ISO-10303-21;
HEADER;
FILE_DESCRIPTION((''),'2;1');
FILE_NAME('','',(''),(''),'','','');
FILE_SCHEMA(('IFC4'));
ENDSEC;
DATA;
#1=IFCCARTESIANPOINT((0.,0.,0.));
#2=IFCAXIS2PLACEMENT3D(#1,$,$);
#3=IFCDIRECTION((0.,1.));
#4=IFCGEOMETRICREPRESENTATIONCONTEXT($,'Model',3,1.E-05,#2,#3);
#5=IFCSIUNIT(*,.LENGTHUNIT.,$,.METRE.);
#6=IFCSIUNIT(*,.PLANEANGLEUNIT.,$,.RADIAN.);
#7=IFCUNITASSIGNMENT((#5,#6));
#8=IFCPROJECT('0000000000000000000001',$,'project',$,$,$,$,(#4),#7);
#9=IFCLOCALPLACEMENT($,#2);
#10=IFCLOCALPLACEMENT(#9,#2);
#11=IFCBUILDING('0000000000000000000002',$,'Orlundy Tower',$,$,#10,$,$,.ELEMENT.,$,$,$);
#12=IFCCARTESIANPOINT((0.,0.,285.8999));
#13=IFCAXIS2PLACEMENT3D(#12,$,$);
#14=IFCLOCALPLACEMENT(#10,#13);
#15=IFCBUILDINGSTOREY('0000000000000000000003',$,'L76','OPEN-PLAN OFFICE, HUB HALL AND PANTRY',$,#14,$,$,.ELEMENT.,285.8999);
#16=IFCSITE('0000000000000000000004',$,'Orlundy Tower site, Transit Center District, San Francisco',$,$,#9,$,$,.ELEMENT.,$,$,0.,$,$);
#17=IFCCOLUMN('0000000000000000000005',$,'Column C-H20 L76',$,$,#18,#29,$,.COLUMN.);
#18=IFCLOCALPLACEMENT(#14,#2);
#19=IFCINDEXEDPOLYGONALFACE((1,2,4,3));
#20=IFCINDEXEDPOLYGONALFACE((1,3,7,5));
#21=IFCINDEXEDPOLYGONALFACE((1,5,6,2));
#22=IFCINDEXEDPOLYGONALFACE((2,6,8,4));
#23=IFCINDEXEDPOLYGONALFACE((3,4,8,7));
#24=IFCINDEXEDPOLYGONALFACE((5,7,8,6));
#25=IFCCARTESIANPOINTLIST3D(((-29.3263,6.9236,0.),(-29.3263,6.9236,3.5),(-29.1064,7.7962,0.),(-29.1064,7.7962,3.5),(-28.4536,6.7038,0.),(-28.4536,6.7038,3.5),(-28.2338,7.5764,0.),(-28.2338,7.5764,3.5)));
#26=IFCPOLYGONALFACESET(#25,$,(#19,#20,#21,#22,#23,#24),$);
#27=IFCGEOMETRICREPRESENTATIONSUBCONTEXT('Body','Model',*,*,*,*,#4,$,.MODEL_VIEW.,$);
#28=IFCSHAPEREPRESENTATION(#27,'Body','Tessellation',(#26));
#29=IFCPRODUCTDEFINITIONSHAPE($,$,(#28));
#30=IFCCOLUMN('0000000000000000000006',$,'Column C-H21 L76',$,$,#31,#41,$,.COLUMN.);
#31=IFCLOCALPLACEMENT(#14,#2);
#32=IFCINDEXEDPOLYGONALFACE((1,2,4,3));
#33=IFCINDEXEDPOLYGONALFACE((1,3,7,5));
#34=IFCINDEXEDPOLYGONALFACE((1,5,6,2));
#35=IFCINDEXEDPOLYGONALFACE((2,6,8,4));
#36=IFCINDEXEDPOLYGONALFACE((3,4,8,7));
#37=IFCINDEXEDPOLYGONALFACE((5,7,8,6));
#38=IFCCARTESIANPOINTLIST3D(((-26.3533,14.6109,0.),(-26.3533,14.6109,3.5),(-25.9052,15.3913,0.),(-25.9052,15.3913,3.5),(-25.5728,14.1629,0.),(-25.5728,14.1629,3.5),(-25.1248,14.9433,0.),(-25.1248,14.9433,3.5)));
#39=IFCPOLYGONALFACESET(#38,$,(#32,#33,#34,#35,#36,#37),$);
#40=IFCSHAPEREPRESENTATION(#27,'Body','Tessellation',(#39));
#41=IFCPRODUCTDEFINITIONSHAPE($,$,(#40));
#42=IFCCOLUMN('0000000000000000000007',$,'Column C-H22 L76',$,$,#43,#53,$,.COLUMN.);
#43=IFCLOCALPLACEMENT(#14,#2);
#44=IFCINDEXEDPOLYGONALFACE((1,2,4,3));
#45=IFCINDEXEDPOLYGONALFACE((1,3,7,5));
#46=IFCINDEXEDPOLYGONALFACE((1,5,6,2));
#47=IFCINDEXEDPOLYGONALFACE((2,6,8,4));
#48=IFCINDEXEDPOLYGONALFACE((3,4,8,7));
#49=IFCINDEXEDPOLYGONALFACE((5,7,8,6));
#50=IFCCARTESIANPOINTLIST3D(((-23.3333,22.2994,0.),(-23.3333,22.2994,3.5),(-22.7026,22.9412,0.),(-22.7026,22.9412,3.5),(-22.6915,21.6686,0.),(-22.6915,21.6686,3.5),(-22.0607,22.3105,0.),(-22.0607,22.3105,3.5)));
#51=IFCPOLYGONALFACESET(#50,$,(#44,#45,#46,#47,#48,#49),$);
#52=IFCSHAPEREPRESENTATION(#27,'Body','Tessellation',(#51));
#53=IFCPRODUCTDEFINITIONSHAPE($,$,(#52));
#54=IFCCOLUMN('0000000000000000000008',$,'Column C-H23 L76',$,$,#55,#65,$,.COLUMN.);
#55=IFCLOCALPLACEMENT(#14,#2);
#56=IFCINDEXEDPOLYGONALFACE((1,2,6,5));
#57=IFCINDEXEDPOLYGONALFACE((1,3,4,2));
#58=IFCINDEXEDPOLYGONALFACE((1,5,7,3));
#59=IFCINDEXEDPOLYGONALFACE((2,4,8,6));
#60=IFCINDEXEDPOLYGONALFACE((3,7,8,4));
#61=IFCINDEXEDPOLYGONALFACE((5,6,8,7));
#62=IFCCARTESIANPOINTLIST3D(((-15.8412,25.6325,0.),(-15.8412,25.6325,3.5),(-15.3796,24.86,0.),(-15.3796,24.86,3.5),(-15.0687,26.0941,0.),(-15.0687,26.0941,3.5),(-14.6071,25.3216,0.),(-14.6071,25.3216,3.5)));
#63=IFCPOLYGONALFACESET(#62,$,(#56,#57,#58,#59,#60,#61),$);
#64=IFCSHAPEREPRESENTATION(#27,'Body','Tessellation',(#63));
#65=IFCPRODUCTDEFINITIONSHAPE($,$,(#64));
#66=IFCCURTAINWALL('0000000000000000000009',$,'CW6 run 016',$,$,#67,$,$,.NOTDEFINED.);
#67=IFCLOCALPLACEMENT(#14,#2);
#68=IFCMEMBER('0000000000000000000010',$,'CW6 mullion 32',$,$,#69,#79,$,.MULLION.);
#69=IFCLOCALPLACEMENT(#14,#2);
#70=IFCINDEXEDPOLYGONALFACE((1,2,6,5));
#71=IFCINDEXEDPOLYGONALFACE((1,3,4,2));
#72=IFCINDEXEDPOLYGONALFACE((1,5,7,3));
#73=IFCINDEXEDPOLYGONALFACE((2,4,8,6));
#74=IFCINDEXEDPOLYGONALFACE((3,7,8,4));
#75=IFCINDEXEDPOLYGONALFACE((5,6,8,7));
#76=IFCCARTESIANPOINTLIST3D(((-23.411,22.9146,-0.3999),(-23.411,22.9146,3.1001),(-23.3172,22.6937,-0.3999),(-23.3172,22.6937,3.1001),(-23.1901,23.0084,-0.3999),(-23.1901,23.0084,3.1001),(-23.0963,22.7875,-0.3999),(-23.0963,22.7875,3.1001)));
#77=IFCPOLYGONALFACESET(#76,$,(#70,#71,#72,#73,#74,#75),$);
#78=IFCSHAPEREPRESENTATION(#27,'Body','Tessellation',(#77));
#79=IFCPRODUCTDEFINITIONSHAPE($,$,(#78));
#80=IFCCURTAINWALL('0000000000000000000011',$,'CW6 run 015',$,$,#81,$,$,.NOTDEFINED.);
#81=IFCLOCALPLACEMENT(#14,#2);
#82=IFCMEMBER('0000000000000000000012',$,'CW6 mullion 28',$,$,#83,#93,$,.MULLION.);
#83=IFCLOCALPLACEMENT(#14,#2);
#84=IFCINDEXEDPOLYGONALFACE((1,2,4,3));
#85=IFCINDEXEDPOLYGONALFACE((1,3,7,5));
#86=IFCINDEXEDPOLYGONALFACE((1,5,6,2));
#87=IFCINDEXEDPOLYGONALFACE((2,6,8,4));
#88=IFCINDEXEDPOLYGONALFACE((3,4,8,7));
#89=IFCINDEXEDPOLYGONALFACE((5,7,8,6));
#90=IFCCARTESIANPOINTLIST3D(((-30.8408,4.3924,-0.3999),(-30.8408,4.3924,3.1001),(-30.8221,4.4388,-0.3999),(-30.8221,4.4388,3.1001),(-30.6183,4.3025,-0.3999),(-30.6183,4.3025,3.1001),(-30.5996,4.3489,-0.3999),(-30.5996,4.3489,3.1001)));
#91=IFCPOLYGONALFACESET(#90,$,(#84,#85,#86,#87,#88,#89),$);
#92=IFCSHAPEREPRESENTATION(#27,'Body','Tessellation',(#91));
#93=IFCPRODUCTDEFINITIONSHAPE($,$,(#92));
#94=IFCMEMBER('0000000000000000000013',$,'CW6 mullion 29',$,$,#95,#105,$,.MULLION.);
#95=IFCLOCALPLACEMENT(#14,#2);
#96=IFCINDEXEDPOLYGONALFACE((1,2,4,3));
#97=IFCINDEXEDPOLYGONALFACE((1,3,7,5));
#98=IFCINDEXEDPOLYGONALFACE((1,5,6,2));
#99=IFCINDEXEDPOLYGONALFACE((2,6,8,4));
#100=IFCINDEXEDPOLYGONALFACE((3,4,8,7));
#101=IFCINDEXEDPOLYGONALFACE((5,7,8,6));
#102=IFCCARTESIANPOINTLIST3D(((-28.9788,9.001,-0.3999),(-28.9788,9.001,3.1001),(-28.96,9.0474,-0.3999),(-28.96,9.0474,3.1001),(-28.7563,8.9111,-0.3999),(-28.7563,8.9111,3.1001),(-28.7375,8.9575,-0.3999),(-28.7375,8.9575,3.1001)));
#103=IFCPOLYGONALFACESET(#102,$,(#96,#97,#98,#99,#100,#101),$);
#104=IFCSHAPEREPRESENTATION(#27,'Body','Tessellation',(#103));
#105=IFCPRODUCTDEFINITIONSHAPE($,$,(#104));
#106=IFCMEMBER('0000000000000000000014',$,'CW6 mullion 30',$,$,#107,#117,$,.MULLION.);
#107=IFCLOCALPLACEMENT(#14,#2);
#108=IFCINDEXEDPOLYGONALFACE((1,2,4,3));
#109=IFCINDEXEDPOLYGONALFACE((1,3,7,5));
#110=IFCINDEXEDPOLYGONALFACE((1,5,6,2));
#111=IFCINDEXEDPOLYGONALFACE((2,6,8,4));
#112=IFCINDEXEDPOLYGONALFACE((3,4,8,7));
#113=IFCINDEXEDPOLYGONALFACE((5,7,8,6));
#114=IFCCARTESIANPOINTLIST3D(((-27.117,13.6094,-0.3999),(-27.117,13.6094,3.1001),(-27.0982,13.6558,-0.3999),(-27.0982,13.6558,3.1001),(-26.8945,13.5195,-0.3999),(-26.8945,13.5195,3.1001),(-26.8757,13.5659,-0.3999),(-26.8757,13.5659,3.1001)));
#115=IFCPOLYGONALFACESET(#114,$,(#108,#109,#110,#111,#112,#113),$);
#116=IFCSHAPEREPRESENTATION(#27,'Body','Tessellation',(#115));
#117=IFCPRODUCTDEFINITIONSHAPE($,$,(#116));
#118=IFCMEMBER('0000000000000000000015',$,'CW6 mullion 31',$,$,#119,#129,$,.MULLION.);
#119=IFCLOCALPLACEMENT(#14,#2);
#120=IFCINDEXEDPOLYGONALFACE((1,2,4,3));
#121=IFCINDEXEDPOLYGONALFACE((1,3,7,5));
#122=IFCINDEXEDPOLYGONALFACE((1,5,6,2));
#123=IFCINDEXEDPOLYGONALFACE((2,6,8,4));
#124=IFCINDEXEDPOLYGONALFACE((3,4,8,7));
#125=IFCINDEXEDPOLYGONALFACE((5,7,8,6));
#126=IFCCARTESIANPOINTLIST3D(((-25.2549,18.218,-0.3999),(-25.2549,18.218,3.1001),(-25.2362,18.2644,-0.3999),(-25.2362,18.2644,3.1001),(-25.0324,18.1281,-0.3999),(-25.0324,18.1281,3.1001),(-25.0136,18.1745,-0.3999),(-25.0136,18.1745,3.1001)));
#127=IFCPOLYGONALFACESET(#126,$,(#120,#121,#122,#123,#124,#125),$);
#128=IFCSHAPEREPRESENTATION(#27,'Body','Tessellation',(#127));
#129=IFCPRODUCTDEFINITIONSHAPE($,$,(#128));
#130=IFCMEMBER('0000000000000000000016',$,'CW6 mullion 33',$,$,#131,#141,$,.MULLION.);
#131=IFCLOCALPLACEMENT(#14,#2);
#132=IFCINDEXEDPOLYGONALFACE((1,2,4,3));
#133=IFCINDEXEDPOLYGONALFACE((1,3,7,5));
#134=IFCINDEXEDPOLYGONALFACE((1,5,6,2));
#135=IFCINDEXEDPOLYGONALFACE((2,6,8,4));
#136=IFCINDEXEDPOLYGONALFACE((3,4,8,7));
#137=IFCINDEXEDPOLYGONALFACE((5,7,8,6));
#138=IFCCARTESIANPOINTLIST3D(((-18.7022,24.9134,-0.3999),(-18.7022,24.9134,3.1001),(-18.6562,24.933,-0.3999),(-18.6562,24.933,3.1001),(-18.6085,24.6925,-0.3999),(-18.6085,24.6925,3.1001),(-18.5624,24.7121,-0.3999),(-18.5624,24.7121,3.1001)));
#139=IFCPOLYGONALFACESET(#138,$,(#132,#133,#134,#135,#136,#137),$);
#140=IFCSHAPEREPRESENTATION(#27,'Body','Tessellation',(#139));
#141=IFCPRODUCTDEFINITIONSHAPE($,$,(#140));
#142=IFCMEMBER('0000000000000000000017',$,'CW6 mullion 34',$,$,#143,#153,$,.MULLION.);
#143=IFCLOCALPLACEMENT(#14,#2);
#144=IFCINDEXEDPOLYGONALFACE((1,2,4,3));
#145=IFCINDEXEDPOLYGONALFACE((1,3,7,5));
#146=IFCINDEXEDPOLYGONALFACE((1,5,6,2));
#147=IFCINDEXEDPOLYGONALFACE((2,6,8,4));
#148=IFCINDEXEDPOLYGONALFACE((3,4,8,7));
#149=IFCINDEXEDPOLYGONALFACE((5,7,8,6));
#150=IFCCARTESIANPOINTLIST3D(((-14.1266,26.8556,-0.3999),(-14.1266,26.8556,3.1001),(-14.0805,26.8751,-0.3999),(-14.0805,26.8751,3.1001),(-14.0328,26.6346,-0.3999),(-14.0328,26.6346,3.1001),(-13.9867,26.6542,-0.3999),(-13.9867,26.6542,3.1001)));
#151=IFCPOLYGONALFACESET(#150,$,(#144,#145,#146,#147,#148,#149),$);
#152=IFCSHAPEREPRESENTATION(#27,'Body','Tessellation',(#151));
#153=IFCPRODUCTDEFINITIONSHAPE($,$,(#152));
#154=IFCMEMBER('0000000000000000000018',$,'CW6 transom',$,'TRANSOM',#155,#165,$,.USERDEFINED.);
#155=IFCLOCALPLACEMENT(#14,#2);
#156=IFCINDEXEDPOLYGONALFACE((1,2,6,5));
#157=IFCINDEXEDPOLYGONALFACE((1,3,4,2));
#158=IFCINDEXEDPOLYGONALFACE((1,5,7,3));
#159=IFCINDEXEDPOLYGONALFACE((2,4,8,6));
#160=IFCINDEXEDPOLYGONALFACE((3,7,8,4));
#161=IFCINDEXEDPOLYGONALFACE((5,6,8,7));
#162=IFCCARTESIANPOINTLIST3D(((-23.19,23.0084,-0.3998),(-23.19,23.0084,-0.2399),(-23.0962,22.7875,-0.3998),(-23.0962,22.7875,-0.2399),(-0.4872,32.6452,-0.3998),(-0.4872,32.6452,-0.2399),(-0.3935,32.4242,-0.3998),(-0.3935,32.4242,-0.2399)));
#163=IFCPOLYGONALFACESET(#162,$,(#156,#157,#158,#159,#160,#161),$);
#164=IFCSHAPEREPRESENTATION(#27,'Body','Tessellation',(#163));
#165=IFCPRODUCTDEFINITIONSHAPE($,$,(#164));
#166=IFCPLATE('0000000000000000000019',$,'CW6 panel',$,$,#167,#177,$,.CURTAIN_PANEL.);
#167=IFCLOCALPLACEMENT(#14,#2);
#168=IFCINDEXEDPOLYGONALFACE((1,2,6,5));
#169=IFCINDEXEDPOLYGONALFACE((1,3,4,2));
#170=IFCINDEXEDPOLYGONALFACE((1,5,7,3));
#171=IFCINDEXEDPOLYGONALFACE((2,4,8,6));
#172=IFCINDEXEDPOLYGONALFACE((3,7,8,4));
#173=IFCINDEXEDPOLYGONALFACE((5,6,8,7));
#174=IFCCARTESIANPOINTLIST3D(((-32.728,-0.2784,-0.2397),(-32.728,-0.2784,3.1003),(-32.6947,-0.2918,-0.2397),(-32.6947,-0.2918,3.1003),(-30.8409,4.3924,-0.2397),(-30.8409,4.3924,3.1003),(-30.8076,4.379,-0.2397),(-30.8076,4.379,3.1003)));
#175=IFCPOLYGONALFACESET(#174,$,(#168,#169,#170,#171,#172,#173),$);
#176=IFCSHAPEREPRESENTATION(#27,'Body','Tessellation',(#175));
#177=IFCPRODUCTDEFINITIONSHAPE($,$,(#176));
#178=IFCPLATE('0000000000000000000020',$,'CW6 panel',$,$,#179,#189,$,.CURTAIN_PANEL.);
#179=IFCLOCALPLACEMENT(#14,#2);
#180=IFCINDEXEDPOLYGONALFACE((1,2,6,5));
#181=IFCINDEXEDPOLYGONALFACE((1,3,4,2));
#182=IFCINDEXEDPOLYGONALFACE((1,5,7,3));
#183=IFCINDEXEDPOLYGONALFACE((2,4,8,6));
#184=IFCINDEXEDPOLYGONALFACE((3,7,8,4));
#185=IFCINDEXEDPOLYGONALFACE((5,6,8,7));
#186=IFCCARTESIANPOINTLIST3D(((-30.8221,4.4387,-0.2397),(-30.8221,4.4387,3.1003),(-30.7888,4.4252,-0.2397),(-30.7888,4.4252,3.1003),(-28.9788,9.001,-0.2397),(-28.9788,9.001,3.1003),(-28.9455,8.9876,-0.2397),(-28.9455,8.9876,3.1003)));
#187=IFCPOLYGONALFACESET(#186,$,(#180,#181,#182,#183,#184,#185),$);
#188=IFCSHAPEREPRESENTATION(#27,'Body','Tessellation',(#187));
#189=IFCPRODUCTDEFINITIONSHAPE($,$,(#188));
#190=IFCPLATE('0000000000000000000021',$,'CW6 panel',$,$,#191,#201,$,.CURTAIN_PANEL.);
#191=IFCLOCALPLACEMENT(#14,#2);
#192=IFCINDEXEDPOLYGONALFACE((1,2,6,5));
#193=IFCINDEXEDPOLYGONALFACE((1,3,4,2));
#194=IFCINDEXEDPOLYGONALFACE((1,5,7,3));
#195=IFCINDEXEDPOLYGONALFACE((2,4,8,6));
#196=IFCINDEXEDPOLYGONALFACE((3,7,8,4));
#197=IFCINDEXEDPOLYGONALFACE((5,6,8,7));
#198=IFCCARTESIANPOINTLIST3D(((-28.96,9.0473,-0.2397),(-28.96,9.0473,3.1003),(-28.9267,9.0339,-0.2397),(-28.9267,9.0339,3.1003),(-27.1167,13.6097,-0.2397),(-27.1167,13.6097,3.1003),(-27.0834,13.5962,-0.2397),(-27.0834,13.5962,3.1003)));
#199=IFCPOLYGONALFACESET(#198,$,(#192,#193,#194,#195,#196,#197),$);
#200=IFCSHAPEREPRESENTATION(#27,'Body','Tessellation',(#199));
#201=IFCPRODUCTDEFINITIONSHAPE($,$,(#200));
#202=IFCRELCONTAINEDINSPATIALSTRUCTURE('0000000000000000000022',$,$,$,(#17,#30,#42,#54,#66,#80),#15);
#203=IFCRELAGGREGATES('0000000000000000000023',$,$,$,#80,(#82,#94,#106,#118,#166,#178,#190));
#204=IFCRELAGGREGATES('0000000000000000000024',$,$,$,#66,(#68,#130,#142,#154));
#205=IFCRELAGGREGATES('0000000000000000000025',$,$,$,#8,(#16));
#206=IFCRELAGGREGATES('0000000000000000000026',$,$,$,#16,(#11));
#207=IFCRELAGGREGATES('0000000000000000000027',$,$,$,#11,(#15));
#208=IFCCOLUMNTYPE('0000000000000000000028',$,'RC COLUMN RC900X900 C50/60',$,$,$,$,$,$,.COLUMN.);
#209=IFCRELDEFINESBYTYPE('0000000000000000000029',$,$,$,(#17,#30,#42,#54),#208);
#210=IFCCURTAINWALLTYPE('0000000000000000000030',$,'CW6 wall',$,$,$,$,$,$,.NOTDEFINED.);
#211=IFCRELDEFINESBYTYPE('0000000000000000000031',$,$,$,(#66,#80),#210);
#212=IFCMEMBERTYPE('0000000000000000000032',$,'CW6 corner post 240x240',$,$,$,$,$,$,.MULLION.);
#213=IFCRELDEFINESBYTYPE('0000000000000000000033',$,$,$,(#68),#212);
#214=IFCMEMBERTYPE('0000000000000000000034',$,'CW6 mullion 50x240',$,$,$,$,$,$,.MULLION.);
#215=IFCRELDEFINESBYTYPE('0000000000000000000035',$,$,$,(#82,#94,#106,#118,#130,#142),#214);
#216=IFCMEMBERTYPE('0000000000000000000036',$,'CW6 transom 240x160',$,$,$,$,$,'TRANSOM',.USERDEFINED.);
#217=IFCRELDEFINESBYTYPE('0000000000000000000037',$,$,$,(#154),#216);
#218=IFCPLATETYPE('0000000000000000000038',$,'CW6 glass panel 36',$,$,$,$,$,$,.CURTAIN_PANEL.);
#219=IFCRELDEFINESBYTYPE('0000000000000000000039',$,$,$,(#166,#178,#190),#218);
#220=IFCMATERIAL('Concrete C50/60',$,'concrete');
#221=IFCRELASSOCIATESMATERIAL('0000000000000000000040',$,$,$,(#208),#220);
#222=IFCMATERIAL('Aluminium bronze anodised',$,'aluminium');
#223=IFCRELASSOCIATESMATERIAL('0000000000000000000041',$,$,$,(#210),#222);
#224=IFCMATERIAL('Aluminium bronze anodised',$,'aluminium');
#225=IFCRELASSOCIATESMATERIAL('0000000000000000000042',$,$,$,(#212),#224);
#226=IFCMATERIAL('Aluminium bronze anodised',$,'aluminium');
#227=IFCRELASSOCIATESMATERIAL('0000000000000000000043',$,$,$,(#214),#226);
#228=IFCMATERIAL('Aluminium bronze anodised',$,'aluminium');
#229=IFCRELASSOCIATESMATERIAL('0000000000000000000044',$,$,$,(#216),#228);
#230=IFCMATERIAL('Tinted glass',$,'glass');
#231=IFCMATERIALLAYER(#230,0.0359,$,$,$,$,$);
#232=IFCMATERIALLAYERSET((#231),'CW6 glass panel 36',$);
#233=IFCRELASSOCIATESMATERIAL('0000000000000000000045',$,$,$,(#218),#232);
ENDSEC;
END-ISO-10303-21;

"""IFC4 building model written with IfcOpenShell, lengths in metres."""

from ifc_helpers import new_model, si_unit, direction, frame, origin, origin_2d, place, context, subcontext, project, spatial, rectangle, extrude, material, layer, layer_set, material_profile, profile_set, type_object, element, aggregate, save


model = new_model("IFC4")

# Units and contexts
model_context = context("Model", 3, precision=1e-05, world=origin(), true_north=direction((0.0, 1.0)))
body_context = subcontext(model_context, "Body", "Model", "MODEL_VIEW")
ifc_project = project(units=[si_unit("LENGTHUNIT", "METRE"), si_unit("PLANEANGLEUNIT", "RADIAN")], contexts=[model_context])

# Site, building, storey
site_placement = place(None, origin())
site = spatial("IfcSite", under=ifc_project, at=site_placement, Name="Orlundy Tower site, Transit Center District, San Francisco", CompositionType="ELEMENT", RefElevation=0.0)
building_placement = place(site_placement, origin())
building = spatial("IfcBuilding", under=site, at=building_placement, Name="Orlundy Tower", CompositionType="ELEMENT")
storey_placement = place(building_placement, frame((0.0, 0.0, 285.8999)))
storey = spatial("IfcBuildingStorey", under=building, at=storey_placement, Name="L76", Description="OPEN-PLAN OFFICE, HUB HALL AND PANTRY", CompositionType="ELEMENT", Elevation=285.8999)

# Columns
ifc_material_1 = material(Name="Concrete C50/60", Category="concrete")
ifc_material_profile_1 = material_profile(ifc_material_1, rectangle(XDim=0.8999, YDim=0.8999, at=origin_2d()), Name="RC900X900")
ifc_profile_set_1 = profile_set([ifc_material_profile_1], Name="Concrete C50/60")
column_type = type_object("IfcColumnType", Name="RC COLUMN RC900X900 C50/60", PredefinedType="COLUMN", material=ifc_profile_set_1)
for number, where, z_axis, x_axis, name in (
    (1, (-28.78, 7.25, 0.0), (0.0, 0.0, 1.0), (-0.969706, 0.244275, 0.0), "Column C-H20 L76"),
    (2, (-25.739, 14.7771, 0.0), (0.0, 0.0, 1.0), (-0.867236, 0.497898, 0.0), "Column C-H21 L76"),
    (3, (-22.697, 22.3049, 0.0), (0.0, 0.0, 1.0), (-0.713238, 0.700922, 0.0), "Column C-H22 L76"),
    (4, (-15.2241, 25.4771, 0.0), (0.0, 0.0, 1.0), (-0.512957, 0.858414, 0.0), "Column C-H23 L76"),
):
    element("IfcColumn", number, at=place(storey_placement, frame(where, z_axis=z_axis, x_axis=x_axis)), inside=storey, type_object=column_type, Name=name, PredefinedType="COLUMN", context=body_context, shape_type="SweptSolid", body=[
        extrude(rectangle(XDim=0.8999, YDim=0.8999, at=origin_2d()), origin(), (0.0, 0.0, 1.0), 3.5),
    ])

# Curtain wall, member
ifc_material_2 = material(Name="Aluminium bronze anodised", Category="aluminium")
curtain_wall_type = type_object("IfcCurtainWallType", Name="CW6 wall", PredefinedType="NOTDEFINED", material=ifc_material_2)
curtain_wall_1_placement = place(storey_placement, origin())
curtain_wall_1 = element("IfcCurtainWall", 5, at=curtain_wall_1_placement, inside=storey, type_object=curtain_wall_type, Name="CW6 run 016", PredefinedType="NOTDEFINED")
ifc_material_3 = material(Name="Aluminium bronze anodised", Category="aluminium")
ifc_material_profile_2 = material_profile(ifc_material_3, rectangle(XDim=0.24, YDim=0.24, at=origin_2d()), Name="CW6 corner post 240x240")
ifc_profile_set_2 = profile_set([ifc_material_profile_2], Name="Aluminium bronze anodised")
member_type_1 = type_object("IfcMemberType", Name="CW6 corner post 240x240", PredefinedType="MULLION", material=ifc_profile_set_2)
member_1_placement = place(storey_placement, frame((-23.2537, 22.8511, -0.3999), z_axis=(0.0, 0.0, 1.0), x_axis=(-0.390727, 0.920507, 0.0)))
member_1 = element("IfcMember", 6, at=member_1_placement, type_object=member_type_1, Name="CW6 mullion 32", PredefinedType="MULLION", context=body_context, shape_type="SweptSolid", body=[
    extrude(rectangle(XDim=0.24, YDim=0.24, at=origin_2d()), origin(), (0.0, 0.0, 1.0), 3.5),
])

# Curtain wall, members
curtain_wall_2_placement = place(storey_placement, origin())
curtain_wall_2 = element("IfcCurtainWall", 7, at=curtain_wall_2_placement, inside=storey, type_object=curtain_wall_type, Name="CW6 run 015", PredefinedType="NOTDEFINED")
ifc_material_4 = material(Name="Aluminium bronze anodised", Category="aluminium")
ifc_material_profile_3 = material_profile(ifc_material_4, rectangle(XDim=0.24, YDim=0.05, at=origin_2d()), Name="CW6 mullion 50x240")
ifc_profile_set_3 = profile_set([ifc_material_profile_3], Name="Aluminium bronze anodised")
member_type_2 = type_object("IfcMemberType", Name="CW6 mullion 50x240", PredefinedType="MULLION", material=ifc_profile_set_3)
member_2_placement = place(storey_placement, frame((-30.7202, 4.3706, -0.3999), z_axis=(0.0, 0.0, 1.0), x_axis=(-0.927184, 0.374607, 0.0)))
member_2 = element("IfcMember", 8, at=member_2_placement, type_object=member_type_2, Name="CW6 mullion 28", PredefinedType="MULLION", context=body_context, shape_type="SweptSolid", body=[
    extrude(rectangle(XDim=0.24, YDim=0.05, at=origin_2d()), origin(), (0.0, 0.0, 1.0), 3.5),
])
member_3_placement = place(storey_placement, frame((-28.8582, 8.9792, -0.3999), z_axis=(0.0, 0.0, 1.0), x_axis=(-0.927184, 0.374607, 0.0)))
member_3 = element("IfcMember", 9, at=member_3_placement, type_object=member_type_2, Name="CW6 mullion 29", PredefinedType="MULLION", context=body_context, shape_type="SweptSolid", body=[
    extrude(rectangle(XDim=0.24, YDim=0.05, at=origin_2d()), origin(), (0.0, 0.0, 1.0), 3.5),
])
member_4_placement = place(storey_placement, frame((-26.9963, 13.5876, -0.3999), z_axis=(0.0, 0.0, 1.0), x_axis=(-0.927184, 0.374607, 0.0)))
member_4 = element("IfcMember", 10, at=member_4_placement, type_object=member_type_2, Name="CW6 mullion 30", PredefinedType="MULLION", context=body_context, shape_type="SweptSolid", body=[
    extrude(rectangle(XDim=0.24, YDim=0.05, at=origin_2d()), origin(), (0.0, 0.0, 1.0), 3.5),
])
member_5_placement = place(storey_placement, frame((-25.1343, 18.1963, -0.3999), z_axis=(0.0, 0.0, 1.0), x_axis=(-0.927184, 0.374607, 0.0)))
member_5 = element("IfcMember", 11, at=member_5_placement, type_object=member_type_2, Name="CW6 mullion 31", PredefinedType="MULLION", context=body_context, shape_type="SweptSolid", body=[
    extrude(rectangle(XDim=0.24, YDim=0.05, at=origin_2d()), origin(), (0.0, 0.0, 1.0), 3.5),
])

# Members
member_6_placement = place(storey_placement, frame((-18.6323, 24.8127, -0.3999), z_axis=(0.0, 0.0, 1.0), x_axis=(-0.390727, 0.920507, 0.0)))
member_6 = element("IfcMember", 12, at=member_6_placement, type_object=member_type_2, Name="CW6 mullion 33", PredefinedType="MULLION", context=body_context, shape_type="SweptSolid", body=[
    extrude(rectangle(XDim=0.24, YDim=0.05, at=origin_2d()), origin(), (0.0, 0.0, 1.0), 3.5),
])
member_7_placement = place(storey_placement, frame((-14.0566, 26.7549, -0.3999), z_axis=(0.0, 0.0, 1.0), x_axis=(-0.390727, 0.920507, 0.0)))
member_7 = element("IfcMember", 13, at=member_7_placement, type_object=member_type_2, Name="CW6 mullion 34", PredefinedType="MULLION", context=body_context, shape_type="SweptSolid", body=[
    extrude(rectangle(XDim=0.24, YDim=0.05, at=origin_2d()), origin(), (0.0, 0.0, 1.0), 3.5),
])
ifc_material_5 = material(Name="Aluminium bronze anodised", Category="aluminium")
ifc_material_profile_4 = material_profile(ifc_material_5, rectangle(XDim=0.24, YDim=0.1599, at=origin_2d()), Name="CW6 transom 240x160")
ifc_profile_set_4 = profile_set([ifc_material_profile_4], Name="Aluminium bronze anodised")
member_type_3 = type_object("IfcMemberType", Name="CW6 transom 240x160", ElementType="TRANSOM", PredefinedType="USERDEFINED", material=ifc_profile_set_4)
member_8_placement = place(storey_placement, frame((-23.1431, 22.8979, -0.3198), z_axis=(0.920505, 0.390732, 0.0), x_axis=(-0.390732, 0.920505, 0.0)))
member_8 = element("IfcMember", 14, at=member_8_placement, type_object=member_type_3, Name="CW6 transom", ObjectType="TRANSOM", PredefinedType="USERDEFINED", context=body_context, shape_type="SweptSolid", body=[
    extrude(rectangle(XDim=0.24, YDim=0.1599, at=origin_2d()), origin(), (0.0, 0.0, 1.0), 24.6633),
])

# Plates
ifc_material_6 = material(Name="Tinted glass", Category="glass")
ifc_layer_1 = layer(ifc_material_6, 0.0359)
ifc_layer_set_1 = layer_set([ifc_layer_1], Name="CW6 glass panel 36")
plate_type = type_object("IfcPlateType", Name="CW6 glass panel 36", PredefinedType="CURTAIN_PANEL", material=ifc_layer_set_1)
plate_1_placement = place(storey_placement, frame((-31.7678, 2.0503, -0.2397), z_axis=(0.0, 0.0, 1.0), x_axis=(0.374607, 0.927184, 0.0)))
plate_1 = element("IfcPlate", 15, at=plate_1_placement, type_object=plate_type, Name="CW6 panel", PredefinedType="CURTAIN_PANEL", context=body_context, shape_type="SweptSolid", body=[
    extrude(rectangle(XDim=5.0376, YDim=0.0359, at=origin_2d()), origin(), (0.0, 0.0, 1.0), 3.3401),
])
plate_2_placement = place(storey_placement, frame((-29.8838, 6.7131, -0.2397), z_axis=(0.0, 0.0, 1.0), x_axis=(0.374607, 0.927184, 0.0)))
plate_2 = element("IfcPlate", 16, at=plate_2_placement, type_object=plate_type, Name="CW6 panel", PredefinedType="CURTAIN_PANEL", context=body_context, shape_type="SweptSolid", body=[
    extrude(rectangle(XDim=4.9207, YDim=0.0359, at=origin_2d()), origin(), (0.0, 0.0, 1.0), 3.3401),
])
plate_3_placement = place(storey_placement, frame((-28.0217, 11.3218, -0.2397), z_axis=(0.0, 0.0, 1.0), x_axis=(0.374607, 0.927184, 0.0)))
plate_3 = element("IfcPlate", 17, at=plate_3_placement, type_object=plate_type, Name="CW6 panel", PredefinedType="CURTAIN_PANEL", context=body_context, shape_type="SweptSolid", body=[
    extrude(rectangle(XDim=4.9207, YDim=0.0359, at=origin_2d()), origin(), (0.0, 0.0, 1.0), 3.3401),
])
aggregate(curtain_wall_2, [member_2, member_3, member_4, member_5, plate_1, plate_2, plate_3])
aggregate(curtain_wall_1, [member_1, member_6, member_7, member_8])

save(model, "model.ifc")
